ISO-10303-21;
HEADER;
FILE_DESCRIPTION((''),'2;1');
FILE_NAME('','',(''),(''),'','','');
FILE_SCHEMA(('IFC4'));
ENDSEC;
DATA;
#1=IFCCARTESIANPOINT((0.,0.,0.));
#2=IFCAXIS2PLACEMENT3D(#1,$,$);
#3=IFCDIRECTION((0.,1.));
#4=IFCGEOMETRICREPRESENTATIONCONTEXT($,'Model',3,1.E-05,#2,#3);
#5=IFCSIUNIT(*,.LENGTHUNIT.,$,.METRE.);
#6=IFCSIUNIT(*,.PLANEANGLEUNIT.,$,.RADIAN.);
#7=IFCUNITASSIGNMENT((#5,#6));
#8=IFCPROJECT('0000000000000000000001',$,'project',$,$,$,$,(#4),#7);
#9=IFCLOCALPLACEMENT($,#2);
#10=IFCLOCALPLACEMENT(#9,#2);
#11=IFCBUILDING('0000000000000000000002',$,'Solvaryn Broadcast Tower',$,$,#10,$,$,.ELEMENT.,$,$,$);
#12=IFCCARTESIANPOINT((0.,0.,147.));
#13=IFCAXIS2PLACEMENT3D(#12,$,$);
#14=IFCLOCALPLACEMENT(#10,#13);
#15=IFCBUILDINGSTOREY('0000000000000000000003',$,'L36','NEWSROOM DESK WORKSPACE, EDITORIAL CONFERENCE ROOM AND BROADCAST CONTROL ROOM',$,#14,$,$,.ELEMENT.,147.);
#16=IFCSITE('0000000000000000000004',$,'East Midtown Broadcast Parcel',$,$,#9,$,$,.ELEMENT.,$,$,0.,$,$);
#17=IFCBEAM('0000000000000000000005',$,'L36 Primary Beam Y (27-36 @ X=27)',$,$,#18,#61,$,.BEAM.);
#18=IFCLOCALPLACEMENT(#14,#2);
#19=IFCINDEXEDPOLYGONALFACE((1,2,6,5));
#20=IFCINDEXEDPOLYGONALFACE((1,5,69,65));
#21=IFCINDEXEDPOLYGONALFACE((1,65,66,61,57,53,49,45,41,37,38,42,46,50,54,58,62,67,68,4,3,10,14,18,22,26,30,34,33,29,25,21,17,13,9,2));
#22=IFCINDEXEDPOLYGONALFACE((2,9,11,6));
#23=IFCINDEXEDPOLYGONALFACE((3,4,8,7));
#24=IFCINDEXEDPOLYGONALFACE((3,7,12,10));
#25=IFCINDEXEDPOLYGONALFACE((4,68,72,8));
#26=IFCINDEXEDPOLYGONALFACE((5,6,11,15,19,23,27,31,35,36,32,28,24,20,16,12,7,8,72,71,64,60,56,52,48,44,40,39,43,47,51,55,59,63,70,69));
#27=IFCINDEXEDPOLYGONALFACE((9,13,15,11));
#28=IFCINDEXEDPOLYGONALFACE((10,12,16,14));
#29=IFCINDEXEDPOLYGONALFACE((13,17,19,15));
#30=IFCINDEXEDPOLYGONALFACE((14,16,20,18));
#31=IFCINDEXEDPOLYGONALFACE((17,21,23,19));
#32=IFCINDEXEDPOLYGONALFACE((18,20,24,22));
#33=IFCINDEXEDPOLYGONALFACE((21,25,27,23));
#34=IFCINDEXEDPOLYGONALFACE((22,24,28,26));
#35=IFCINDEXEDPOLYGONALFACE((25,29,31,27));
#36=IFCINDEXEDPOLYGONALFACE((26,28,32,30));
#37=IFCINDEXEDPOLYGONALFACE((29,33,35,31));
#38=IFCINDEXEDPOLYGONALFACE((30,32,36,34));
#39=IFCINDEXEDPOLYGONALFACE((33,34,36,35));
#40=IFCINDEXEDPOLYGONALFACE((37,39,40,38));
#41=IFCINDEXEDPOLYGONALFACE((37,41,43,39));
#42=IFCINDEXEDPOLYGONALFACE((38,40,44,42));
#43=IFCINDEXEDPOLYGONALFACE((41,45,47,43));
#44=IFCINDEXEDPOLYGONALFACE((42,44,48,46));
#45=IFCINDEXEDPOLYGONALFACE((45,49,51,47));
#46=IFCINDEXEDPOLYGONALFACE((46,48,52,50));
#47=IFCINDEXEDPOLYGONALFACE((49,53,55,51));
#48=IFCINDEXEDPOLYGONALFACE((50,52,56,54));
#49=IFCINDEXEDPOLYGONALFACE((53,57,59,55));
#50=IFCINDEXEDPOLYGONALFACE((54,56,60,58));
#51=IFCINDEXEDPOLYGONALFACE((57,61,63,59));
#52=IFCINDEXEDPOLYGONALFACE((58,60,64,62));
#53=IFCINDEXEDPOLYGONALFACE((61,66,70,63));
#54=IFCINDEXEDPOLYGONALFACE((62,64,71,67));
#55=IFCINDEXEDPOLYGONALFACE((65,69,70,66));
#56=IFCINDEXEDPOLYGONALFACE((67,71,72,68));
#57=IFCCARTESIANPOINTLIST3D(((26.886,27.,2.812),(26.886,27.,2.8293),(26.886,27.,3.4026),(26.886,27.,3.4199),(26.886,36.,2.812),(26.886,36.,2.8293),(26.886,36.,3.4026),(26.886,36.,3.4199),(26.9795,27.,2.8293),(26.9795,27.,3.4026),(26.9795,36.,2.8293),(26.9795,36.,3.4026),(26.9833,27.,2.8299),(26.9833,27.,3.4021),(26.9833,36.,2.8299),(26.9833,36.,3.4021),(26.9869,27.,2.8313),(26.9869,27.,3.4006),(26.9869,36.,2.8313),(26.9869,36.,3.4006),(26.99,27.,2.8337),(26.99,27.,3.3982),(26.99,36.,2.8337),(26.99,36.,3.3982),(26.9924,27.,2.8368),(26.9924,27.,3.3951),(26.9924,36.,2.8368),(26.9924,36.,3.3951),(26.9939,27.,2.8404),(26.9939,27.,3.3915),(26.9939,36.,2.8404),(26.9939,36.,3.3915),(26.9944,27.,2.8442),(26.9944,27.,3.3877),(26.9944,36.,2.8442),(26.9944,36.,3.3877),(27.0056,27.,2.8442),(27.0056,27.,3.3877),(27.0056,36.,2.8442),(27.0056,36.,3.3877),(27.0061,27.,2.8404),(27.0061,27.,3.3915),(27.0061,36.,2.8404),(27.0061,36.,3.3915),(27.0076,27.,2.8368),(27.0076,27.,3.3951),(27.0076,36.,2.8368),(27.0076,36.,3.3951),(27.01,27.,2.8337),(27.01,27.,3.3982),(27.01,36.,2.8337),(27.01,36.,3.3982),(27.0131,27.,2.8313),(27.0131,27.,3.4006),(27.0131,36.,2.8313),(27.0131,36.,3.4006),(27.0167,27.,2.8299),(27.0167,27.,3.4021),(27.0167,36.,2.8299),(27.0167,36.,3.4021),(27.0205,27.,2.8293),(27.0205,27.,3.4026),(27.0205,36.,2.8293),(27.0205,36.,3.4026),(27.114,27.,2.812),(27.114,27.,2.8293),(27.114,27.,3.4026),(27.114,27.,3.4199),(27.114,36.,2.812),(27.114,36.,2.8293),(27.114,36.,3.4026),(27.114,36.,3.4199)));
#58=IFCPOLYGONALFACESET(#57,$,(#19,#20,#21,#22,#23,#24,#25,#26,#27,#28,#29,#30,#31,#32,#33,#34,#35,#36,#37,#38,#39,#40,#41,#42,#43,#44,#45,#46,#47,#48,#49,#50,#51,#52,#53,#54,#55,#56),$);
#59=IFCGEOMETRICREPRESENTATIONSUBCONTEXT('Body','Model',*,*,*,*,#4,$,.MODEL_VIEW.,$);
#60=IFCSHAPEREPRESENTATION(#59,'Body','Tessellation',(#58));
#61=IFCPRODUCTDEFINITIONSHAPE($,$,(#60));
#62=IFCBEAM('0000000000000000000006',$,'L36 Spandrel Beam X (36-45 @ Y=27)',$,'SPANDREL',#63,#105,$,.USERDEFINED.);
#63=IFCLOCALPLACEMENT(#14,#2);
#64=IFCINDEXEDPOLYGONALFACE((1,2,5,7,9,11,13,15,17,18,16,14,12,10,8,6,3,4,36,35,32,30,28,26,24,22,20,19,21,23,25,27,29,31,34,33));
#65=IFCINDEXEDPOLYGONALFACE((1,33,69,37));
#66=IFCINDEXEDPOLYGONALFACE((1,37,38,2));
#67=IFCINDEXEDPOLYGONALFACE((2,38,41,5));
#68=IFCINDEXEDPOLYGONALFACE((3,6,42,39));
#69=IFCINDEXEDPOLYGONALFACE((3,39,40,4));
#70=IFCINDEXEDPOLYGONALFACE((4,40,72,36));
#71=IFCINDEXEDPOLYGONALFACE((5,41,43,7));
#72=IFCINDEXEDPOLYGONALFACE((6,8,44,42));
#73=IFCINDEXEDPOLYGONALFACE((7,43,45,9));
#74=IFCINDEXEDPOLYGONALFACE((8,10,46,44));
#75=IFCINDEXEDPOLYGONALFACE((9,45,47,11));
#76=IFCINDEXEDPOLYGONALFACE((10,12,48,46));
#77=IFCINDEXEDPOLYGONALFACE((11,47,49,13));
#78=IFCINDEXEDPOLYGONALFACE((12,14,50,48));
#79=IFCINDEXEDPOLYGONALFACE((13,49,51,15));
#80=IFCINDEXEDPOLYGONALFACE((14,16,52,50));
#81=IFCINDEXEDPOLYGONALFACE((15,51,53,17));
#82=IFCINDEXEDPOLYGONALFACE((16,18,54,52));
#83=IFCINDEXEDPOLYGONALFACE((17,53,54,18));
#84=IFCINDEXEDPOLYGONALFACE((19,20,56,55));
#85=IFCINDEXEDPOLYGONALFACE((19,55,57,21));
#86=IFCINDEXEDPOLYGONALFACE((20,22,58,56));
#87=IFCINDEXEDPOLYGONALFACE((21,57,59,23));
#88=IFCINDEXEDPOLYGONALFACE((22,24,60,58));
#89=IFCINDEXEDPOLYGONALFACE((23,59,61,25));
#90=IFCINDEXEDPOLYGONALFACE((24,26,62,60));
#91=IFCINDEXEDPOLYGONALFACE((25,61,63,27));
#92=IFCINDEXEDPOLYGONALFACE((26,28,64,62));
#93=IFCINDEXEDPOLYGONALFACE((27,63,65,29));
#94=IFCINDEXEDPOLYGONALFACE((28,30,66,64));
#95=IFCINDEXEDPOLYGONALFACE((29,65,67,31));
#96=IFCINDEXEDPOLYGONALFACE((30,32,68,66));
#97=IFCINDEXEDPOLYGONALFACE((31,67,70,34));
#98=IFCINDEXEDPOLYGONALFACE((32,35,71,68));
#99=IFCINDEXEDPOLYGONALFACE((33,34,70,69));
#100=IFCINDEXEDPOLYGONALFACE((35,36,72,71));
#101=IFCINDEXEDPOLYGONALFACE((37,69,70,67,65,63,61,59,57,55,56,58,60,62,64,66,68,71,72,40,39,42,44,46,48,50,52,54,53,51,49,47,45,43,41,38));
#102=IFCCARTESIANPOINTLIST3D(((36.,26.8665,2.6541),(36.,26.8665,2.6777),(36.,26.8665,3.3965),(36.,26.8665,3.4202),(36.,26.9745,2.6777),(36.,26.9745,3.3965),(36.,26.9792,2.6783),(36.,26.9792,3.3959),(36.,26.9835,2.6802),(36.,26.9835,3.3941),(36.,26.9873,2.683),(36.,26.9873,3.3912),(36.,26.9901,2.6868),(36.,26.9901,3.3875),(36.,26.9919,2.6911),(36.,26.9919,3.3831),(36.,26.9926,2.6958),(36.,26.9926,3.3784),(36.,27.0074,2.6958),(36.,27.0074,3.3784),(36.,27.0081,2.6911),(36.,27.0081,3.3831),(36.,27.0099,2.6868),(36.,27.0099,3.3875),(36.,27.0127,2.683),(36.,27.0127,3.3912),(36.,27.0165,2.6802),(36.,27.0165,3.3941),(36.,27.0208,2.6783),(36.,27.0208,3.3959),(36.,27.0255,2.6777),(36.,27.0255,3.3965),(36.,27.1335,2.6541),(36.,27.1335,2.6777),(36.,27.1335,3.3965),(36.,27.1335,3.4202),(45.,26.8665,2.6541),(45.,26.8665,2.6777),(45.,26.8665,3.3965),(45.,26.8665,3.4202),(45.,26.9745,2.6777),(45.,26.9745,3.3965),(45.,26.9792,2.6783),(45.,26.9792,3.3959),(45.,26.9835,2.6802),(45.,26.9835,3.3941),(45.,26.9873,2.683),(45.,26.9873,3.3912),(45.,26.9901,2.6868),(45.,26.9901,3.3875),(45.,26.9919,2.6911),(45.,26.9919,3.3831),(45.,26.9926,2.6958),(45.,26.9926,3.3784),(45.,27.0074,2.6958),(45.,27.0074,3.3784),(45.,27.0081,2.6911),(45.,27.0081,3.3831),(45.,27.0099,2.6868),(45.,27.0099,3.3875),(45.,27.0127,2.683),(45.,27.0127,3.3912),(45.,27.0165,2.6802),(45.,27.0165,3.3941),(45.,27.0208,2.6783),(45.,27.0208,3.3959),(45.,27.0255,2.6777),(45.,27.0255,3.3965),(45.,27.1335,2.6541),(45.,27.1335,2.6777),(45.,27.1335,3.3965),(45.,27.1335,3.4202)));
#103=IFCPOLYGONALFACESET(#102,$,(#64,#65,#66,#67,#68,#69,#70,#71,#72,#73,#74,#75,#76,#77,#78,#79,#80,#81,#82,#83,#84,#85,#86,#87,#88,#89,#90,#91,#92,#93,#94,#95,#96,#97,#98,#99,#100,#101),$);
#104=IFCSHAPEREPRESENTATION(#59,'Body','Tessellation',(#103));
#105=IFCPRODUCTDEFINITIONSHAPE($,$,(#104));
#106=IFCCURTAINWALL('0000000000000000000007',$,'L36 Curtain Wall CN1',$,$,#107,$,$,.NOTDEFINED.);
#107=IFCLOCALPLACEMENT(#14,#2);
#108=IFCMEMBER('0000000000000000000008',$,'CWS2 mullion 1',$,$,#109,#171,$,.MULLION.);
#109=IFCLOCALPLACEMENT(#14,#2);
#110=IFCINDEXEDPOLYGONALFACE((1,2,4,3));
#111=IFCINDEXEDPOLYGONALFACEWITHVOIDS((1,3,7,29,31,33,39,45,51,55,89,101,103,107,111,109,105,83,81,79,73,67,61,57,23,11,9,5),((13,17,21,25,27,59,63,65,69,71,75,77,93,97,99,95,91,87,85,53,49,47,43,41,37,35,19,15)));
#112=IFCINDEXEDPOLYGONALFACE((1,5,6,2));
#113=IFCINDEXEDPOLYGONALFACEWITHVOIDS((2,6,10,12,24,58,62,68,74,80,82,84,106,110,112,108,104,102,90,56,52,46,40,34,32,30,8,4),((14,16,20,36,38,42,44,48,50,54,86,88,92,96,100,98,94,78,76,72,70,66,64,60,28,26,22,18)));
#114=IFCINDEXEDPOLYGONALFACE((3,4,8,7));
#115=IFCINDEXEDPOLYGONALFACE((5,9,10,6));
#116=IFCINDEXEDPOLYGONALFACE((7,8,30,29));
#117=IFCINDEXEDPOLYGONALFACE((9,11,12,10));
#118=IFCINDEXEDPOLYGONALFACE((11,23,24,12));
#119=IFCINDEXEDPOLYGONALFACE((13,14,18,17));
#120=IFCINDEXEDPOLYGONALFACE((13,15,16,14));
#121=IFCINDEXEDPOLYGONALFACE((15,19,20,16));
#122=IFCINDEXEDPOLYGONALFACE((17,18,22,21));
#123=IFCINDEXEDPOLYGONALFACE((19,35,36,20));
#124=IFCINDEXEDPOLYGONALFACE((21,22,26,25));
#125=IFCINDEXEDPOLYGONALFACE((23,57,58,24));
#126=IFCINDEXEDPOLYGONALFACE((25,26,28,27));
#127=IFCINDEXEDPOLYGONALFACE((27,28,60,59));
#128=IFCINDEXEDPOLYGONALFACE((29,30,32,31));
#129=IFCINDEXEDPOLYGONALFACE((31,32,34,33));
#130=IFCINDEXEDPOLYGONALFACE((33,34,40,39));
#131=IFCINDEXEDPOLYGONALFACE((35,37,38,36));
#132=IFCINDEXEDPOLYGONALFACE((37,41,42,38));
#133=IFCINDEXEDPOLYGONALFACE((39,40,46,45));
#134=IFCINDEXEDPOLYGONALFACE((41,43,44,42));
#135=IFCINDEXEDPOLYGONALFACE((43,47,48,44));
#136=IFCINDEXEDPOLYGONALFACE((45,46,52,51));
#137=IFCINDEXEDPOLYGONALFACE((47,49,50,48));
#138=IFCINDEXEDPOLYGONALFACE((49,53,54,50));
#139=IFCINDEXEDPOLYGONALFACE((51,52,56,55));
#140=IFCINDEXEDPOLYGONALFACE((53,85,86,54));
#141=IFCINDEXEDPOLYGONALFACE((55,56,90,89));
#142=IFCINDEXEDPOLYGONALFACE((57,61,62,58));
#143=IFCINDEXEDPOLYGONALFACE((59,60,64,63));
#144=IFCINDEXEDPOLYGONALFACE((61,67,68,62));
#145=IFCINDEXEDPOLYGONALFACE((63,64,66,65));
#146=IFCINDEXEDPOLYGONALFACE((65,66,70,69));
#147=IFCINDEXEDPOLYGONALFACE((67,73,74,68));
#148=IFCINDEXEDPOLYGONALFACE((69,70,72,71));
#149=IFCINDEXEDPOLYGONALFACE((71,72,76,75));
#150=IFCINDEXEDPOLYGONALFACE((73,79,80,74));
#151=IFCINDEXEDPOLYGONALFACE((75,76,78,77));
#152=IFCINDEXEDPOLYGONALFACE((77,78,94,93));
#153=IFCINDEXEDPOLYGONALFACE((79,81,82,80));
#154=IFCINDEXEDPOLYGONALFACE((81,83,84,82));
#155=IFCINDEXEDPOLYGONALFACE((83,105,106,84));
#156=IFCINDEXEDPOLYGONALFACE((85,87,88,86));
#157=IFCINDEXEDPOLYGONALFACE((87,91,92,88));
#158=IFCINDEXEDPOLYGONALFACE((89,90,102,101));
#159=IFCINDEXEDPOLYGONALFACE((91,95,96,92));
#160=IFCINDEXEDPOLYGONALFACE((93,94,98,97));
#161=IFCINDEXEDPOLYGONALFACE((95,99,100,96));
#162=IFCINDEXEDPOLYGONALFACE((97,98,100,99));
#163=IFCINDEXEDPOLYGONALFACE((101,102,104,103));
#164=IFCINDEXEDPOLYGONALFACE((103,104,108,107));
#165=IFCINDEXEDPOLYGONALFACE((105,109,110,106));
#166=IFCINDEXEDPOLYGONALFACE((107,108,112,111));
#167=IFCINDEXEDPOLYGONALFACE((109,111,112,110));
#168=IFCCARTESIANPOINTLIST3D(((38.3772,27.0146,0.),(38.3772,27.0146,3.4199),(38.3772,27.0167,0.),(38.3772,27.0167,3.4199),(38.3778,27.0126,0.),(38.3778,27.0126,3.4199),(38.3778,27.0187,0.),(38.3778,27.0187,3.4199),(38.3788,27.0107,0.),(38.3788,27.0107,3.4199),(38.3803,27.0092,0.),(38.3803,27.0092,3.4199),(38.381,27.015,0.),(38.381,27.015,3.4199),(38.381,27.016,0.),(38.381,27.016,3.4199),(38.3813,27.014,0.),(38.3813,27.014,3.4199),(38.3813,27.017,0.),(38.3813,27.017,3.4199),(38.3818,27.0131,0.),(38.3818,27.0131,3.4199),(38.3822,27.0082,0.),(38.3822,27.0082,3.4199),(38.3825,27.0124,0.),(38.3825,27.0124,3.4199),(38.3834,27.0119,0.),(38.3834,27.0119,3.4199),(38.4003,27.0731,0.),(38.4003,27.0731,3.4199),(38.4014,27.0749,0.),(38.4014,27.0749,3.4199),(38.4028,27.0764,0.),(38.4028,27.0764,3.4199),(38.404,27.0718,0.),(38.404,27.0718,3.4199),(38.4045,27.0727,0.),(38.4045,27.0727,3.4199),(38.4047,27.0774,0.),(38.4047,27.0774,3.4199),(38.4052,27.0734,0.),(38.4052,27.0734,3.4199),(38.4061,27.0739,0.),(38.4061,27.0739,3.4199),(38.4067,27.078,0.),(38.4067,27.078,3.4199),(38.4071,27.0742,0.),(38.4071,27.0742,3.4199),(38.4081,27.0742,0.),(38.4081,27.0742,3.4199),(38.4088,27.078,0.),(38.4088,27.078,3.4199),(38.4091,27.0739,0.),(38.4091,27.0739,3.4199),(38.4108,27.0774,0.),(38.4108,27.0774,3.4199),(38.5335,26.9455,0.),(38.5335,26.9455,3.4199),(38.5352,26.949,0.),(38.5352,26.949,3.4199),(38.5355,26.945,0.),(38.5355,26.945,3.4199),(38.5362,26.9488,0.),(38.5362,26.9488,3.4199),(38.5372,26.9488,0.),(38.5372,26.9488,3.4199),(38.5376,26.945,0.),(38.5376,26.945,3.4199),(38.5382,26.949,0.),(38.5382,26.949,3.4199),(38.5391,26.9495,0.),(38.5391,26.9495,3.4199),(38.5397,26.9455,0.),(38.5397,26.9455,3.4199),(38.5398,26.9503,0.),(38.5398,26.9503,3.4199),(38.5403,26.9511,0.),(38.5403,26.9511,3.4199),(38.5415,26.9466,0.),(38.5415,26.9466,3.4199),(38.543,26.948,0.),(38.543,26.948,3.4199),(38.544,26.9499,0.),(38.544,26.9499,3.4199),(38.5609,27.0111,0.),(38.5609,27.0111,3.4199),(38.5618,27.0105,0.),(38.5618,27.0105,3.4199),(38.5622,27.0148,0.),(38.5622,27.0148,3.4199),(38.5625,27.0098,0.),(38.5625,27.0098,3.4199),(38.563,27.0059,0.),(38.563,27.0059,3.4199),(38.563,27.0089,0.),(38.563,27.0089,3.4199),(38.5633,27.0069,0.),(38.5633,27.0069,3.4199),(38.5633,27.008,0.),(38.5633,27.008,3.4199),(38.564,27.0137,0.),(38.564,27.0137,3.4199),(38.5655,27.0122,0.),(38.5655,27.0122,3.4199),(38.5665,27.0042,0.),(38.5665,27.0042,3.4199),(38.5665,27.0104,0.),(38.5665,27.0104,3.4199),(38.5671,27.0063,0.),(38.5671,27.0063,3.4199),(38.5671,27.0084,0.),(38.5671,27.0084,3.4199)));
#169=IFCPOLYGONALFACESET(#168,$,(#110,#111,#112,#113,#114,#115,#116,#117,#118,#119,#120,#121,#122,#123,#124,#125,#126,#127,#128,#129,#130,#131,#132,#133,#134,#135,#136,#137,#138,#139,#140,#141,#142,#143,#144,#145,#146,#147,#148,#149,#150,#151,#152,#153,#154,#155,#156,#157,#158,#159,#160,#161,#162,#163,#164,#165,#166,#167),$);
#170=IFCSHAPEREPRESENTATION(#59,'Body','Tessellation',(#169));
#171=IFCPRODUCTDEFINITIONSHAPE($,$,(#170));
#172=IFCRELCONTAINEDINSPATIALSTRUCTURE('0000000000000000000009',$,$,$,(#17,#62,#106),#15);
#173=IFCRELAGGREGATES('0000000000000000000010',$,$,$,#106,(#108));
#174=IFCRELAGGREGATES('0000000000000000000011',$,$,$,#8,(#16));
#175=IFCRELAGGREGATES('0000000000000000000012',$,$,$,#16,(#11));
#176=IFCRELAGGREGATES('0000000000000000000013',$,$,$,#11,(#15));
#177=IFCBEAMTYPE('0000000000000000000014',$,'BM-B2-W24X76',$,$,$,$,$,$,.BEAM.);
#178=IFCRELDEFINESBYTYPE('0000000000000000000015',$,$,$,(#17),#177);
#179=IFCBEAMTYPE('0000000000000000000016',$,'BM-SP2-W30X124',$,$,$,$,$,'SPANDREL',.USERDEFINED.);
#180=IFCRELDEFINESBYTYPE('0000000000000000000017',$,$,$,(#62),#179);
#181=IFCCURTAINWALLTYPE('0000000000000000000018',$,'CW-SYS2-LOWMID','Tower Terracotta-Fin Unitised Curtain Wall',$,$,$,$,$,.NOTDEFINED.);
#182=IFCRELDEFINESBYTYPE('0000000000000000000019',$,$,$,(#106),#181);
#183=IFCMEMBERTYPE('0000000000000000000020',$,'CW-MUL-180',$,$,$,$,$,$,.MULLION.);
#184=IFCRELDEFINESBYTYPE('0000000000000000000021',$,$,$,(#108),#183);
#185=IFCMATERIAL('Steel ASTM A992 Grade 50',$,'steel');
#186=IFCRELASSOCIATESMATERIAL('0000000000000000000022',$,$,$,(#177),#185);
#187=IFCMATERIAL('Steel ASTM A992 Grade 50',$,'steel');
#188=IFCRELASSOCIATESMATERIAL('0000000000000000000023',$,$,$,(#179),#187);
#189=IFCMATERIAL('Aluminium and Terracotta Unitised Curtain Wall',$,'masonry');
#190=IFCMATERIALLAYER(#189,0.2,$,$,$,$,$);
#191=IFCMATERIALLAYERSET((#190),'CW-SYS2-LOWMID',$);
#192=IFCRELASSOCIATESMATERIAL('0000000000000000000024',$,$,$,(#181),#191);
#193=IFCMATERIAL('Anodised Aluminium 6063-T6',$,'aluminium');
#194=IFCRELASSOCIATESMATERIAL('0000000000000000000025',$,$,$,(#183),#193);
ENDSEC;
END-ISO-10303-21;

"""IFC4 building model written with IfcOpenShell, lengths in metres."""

from ifc_helpers import new_model, si_unit, direction, frame, origin, origin_2d, place, context, subcontext, project, spatial, hollow_rectangle, i_section, extrude, material, layer, layer_set, material_profile, profile_set, type_object, element, aggregate, save


model = new_model("IFC4")

# Units and contexts
model_context = context("Model", 3, precision=1e-05, world=origin(), true_north=direction((0.0, 1.0)))
body_context = subcontext(model_context, "Body", "Model", "MODEL_VIEW")
ifc_project = project(units=[si_unit("LENGTHUNIT", "METRE"), si_unit("PLANEANGLEUNIT", "RADIAN")], contexts=[model_context])

# Site, building, storey
site_placement = place(None, origin())
site = spatial("IfcSite", under=ifc_project, at=site_placement, Name="East Midtown Broadcast Parcel", CompositionType="ELEMENT", RefElevation=0.0)
building_placement = place(site_placement, origin())
building = spatial("IfcBuilding", under=site, at=building_placement, Name="Solvaryn Broadcast Tower", CompositionType="ELEMENT")
storey_placement = place(building_placement, frame((0.0, 0.0, 147.0)))
storey = spatial("IfcBuildingStorey", under=building, at=storey_placement, Name="L36", Description="NEWSROOM DESK WORKSPACE, EDITORIAL CONFERENCE ROOM AND BROADCAST CONTROL ROOM", CompositionType="ELEMENT", Elevation=147.0)

# Beams
ifc_material_1 = material(Name="Steel ASTM A992 Grade 50", Category="steel")
ifc_material_profile_1 = material_profile(ifc_material_1, i_section(OverallWidth=0.228, OverallDepth=0.6079, WebThickness=0.0112, FlangeThickness=0.0173, FilletRadius=0.0149, at=origin_2d()))
ifc_profile_set_1 = profile_set([ifc_material_profile_1], Name="Steel ASTM A992 Grade 50")
beam_type_1 = type_object("IfcBeamType", Name="BM-B2-W24X76", PredefinedType="BEAM", material=ifc_profile_set_1)
beam_1_placement = place(storey_placement, frame((27.0, 27.0, 3.116), z_axis=(0.0, 1.0, 0.0), x_axis=(-1.0, 0.0, 0.0)))
element("IfcBeam", 1, at=beam_1_placement, inside=storey, type_object=beam_type_1, Name="L36 Primary Beam Y (27-36 @ X=27)", PredefinedType="BEAM", context=body_context, shape_type="SweptSolid", body=[
    extrude(i_section(OverallWidth=0.228, OverallDepth=0.6079, WebThickness=0.0112, FlangeThickness=0.0173, FilletRadius=0.0149, at=origin_2d()), origin(), (0.0, 0.0, 1.0), 9.0),
])
ifc_material_2 = material(Name="Steel ASTM A992 Grade 50", Category="steel")
ifc_material_profile_2 = material_profile(ifc_material_2, i_section(OverallWidth=0.2671, OverallDepth=0.7661, WebThickness=0.0149, FlangeThickness=0.0237, FilletRadius=0.0181, at=origin_2d()))
ifc_profile_set_2 = profile_set([ifc_material_profile_2], Name="Steel ASTM A992 Grade 50")
beam_type_2 = type_object("IfcBeamType", Name="BM-SP2-W30X124", ElementType="SPANDREL", PredefinedType="USERDEFINED", material=ifc_profile_set_2)
beam_2_placement = place(storey_placement, frame((36.0, 27.0, 3.0371), z_axis=(1.0, 0.0, 0.0), x_axis=(0.0, 1.0, 0.0)))
element("IfcBeam", 2, at=beam_2_placement, inside=storey, type_object=beam_type_2, Name="L36 Spandrel Beam X (36-45 @ Y=27)", ObjectType="SPANDREL", PredefinedType="USERDEFINED", context=body_context, shape_type="SweptSolid", body=[
    extrude(i_section(OverallWidth=0.2671, OverallDepth=0.7661, WebThickness=0.0149, FlangeThickness=0.0237, FilletRadius=0.0181, at=origin_2d()), origin(), (0.0, 0.0, 1.0), 9.0),
])

# Curtain wall, member
ifc_material_3 = material(Name="Aluminium and Terracotta Unitised Curtain Wall", Category="masonry")
ifc_layer_1 = layer(ifc_material_3, 0.2)
ifc_layer_set_1 = layer_set([ifc_layer_1], Name="CW-SYS2-LOWMID")
curtain_wall_type = type_object("IfcCurtainWallType", Name="CW-SYS2-LOWMID", Description="Tower Terracotta-Fin Unitised Curtain Wall", PredefinedType="NOTDEFINED", material=ifc_layer_set_1)
curtain_wall_1_placement = place(storey_placement, origin())
curtain_wall_1 = element("IfcCurtainWall", 3, at=curtain_wall_1_placement, inside=storey, type_object=curtain_wall_type, Name="L36 Curtain Wall CN1", PredefinedType="NOTDEFINED")
ifc_material_4 = material(Name="Anodised Aluminium 6063-T6", Category="aluminium")
ifc_material_profile_3 = material_profile(ifc_material_4, hollow_rectangle(XDim=0.075, YDim=0.1799, WallThickness=0.0039, InnerFilletRadius=0.0039, OuterFilletRadius=0.0081, at=origin_2d()))
ifc_profile_set_3 = profile_set([ifc_material_profile_3], Name="Anodised Aluminium 6063-T6")
member_type_1 = type_object("IfcMemberType", Name="CW-MUL-180", PredefinedType="MULLION", material=ifc_profile_set_3)
member_1_placement = place(storey_placement, frame((38.4722, 27.0115, 0.0), z_axis=(0.0, 0.0, 1.0), x_axis=(-0.382646, -0.923895, 0.0)))
member_1 = element("IfcMember", 4, at=member_1_placement, type_object=member_type_1, Name="CWS2 mullion 1", PredefinedType="MULLION", context=body_context, shape_type="SweptSolid", body=[
    extrude(hollow_rectangle(XDim=0.075, YDim=0.1799, WallThickness=0.0039, InnerFilletRadius=0.0039, OuterFilletRadius=0.0081, at=origin_2d()), origin(), (0.0, 0.0, 1.0), 3.4199),
])

aggregate(curtain_wall_1, [member_1])

save(model, "model.ifc")
